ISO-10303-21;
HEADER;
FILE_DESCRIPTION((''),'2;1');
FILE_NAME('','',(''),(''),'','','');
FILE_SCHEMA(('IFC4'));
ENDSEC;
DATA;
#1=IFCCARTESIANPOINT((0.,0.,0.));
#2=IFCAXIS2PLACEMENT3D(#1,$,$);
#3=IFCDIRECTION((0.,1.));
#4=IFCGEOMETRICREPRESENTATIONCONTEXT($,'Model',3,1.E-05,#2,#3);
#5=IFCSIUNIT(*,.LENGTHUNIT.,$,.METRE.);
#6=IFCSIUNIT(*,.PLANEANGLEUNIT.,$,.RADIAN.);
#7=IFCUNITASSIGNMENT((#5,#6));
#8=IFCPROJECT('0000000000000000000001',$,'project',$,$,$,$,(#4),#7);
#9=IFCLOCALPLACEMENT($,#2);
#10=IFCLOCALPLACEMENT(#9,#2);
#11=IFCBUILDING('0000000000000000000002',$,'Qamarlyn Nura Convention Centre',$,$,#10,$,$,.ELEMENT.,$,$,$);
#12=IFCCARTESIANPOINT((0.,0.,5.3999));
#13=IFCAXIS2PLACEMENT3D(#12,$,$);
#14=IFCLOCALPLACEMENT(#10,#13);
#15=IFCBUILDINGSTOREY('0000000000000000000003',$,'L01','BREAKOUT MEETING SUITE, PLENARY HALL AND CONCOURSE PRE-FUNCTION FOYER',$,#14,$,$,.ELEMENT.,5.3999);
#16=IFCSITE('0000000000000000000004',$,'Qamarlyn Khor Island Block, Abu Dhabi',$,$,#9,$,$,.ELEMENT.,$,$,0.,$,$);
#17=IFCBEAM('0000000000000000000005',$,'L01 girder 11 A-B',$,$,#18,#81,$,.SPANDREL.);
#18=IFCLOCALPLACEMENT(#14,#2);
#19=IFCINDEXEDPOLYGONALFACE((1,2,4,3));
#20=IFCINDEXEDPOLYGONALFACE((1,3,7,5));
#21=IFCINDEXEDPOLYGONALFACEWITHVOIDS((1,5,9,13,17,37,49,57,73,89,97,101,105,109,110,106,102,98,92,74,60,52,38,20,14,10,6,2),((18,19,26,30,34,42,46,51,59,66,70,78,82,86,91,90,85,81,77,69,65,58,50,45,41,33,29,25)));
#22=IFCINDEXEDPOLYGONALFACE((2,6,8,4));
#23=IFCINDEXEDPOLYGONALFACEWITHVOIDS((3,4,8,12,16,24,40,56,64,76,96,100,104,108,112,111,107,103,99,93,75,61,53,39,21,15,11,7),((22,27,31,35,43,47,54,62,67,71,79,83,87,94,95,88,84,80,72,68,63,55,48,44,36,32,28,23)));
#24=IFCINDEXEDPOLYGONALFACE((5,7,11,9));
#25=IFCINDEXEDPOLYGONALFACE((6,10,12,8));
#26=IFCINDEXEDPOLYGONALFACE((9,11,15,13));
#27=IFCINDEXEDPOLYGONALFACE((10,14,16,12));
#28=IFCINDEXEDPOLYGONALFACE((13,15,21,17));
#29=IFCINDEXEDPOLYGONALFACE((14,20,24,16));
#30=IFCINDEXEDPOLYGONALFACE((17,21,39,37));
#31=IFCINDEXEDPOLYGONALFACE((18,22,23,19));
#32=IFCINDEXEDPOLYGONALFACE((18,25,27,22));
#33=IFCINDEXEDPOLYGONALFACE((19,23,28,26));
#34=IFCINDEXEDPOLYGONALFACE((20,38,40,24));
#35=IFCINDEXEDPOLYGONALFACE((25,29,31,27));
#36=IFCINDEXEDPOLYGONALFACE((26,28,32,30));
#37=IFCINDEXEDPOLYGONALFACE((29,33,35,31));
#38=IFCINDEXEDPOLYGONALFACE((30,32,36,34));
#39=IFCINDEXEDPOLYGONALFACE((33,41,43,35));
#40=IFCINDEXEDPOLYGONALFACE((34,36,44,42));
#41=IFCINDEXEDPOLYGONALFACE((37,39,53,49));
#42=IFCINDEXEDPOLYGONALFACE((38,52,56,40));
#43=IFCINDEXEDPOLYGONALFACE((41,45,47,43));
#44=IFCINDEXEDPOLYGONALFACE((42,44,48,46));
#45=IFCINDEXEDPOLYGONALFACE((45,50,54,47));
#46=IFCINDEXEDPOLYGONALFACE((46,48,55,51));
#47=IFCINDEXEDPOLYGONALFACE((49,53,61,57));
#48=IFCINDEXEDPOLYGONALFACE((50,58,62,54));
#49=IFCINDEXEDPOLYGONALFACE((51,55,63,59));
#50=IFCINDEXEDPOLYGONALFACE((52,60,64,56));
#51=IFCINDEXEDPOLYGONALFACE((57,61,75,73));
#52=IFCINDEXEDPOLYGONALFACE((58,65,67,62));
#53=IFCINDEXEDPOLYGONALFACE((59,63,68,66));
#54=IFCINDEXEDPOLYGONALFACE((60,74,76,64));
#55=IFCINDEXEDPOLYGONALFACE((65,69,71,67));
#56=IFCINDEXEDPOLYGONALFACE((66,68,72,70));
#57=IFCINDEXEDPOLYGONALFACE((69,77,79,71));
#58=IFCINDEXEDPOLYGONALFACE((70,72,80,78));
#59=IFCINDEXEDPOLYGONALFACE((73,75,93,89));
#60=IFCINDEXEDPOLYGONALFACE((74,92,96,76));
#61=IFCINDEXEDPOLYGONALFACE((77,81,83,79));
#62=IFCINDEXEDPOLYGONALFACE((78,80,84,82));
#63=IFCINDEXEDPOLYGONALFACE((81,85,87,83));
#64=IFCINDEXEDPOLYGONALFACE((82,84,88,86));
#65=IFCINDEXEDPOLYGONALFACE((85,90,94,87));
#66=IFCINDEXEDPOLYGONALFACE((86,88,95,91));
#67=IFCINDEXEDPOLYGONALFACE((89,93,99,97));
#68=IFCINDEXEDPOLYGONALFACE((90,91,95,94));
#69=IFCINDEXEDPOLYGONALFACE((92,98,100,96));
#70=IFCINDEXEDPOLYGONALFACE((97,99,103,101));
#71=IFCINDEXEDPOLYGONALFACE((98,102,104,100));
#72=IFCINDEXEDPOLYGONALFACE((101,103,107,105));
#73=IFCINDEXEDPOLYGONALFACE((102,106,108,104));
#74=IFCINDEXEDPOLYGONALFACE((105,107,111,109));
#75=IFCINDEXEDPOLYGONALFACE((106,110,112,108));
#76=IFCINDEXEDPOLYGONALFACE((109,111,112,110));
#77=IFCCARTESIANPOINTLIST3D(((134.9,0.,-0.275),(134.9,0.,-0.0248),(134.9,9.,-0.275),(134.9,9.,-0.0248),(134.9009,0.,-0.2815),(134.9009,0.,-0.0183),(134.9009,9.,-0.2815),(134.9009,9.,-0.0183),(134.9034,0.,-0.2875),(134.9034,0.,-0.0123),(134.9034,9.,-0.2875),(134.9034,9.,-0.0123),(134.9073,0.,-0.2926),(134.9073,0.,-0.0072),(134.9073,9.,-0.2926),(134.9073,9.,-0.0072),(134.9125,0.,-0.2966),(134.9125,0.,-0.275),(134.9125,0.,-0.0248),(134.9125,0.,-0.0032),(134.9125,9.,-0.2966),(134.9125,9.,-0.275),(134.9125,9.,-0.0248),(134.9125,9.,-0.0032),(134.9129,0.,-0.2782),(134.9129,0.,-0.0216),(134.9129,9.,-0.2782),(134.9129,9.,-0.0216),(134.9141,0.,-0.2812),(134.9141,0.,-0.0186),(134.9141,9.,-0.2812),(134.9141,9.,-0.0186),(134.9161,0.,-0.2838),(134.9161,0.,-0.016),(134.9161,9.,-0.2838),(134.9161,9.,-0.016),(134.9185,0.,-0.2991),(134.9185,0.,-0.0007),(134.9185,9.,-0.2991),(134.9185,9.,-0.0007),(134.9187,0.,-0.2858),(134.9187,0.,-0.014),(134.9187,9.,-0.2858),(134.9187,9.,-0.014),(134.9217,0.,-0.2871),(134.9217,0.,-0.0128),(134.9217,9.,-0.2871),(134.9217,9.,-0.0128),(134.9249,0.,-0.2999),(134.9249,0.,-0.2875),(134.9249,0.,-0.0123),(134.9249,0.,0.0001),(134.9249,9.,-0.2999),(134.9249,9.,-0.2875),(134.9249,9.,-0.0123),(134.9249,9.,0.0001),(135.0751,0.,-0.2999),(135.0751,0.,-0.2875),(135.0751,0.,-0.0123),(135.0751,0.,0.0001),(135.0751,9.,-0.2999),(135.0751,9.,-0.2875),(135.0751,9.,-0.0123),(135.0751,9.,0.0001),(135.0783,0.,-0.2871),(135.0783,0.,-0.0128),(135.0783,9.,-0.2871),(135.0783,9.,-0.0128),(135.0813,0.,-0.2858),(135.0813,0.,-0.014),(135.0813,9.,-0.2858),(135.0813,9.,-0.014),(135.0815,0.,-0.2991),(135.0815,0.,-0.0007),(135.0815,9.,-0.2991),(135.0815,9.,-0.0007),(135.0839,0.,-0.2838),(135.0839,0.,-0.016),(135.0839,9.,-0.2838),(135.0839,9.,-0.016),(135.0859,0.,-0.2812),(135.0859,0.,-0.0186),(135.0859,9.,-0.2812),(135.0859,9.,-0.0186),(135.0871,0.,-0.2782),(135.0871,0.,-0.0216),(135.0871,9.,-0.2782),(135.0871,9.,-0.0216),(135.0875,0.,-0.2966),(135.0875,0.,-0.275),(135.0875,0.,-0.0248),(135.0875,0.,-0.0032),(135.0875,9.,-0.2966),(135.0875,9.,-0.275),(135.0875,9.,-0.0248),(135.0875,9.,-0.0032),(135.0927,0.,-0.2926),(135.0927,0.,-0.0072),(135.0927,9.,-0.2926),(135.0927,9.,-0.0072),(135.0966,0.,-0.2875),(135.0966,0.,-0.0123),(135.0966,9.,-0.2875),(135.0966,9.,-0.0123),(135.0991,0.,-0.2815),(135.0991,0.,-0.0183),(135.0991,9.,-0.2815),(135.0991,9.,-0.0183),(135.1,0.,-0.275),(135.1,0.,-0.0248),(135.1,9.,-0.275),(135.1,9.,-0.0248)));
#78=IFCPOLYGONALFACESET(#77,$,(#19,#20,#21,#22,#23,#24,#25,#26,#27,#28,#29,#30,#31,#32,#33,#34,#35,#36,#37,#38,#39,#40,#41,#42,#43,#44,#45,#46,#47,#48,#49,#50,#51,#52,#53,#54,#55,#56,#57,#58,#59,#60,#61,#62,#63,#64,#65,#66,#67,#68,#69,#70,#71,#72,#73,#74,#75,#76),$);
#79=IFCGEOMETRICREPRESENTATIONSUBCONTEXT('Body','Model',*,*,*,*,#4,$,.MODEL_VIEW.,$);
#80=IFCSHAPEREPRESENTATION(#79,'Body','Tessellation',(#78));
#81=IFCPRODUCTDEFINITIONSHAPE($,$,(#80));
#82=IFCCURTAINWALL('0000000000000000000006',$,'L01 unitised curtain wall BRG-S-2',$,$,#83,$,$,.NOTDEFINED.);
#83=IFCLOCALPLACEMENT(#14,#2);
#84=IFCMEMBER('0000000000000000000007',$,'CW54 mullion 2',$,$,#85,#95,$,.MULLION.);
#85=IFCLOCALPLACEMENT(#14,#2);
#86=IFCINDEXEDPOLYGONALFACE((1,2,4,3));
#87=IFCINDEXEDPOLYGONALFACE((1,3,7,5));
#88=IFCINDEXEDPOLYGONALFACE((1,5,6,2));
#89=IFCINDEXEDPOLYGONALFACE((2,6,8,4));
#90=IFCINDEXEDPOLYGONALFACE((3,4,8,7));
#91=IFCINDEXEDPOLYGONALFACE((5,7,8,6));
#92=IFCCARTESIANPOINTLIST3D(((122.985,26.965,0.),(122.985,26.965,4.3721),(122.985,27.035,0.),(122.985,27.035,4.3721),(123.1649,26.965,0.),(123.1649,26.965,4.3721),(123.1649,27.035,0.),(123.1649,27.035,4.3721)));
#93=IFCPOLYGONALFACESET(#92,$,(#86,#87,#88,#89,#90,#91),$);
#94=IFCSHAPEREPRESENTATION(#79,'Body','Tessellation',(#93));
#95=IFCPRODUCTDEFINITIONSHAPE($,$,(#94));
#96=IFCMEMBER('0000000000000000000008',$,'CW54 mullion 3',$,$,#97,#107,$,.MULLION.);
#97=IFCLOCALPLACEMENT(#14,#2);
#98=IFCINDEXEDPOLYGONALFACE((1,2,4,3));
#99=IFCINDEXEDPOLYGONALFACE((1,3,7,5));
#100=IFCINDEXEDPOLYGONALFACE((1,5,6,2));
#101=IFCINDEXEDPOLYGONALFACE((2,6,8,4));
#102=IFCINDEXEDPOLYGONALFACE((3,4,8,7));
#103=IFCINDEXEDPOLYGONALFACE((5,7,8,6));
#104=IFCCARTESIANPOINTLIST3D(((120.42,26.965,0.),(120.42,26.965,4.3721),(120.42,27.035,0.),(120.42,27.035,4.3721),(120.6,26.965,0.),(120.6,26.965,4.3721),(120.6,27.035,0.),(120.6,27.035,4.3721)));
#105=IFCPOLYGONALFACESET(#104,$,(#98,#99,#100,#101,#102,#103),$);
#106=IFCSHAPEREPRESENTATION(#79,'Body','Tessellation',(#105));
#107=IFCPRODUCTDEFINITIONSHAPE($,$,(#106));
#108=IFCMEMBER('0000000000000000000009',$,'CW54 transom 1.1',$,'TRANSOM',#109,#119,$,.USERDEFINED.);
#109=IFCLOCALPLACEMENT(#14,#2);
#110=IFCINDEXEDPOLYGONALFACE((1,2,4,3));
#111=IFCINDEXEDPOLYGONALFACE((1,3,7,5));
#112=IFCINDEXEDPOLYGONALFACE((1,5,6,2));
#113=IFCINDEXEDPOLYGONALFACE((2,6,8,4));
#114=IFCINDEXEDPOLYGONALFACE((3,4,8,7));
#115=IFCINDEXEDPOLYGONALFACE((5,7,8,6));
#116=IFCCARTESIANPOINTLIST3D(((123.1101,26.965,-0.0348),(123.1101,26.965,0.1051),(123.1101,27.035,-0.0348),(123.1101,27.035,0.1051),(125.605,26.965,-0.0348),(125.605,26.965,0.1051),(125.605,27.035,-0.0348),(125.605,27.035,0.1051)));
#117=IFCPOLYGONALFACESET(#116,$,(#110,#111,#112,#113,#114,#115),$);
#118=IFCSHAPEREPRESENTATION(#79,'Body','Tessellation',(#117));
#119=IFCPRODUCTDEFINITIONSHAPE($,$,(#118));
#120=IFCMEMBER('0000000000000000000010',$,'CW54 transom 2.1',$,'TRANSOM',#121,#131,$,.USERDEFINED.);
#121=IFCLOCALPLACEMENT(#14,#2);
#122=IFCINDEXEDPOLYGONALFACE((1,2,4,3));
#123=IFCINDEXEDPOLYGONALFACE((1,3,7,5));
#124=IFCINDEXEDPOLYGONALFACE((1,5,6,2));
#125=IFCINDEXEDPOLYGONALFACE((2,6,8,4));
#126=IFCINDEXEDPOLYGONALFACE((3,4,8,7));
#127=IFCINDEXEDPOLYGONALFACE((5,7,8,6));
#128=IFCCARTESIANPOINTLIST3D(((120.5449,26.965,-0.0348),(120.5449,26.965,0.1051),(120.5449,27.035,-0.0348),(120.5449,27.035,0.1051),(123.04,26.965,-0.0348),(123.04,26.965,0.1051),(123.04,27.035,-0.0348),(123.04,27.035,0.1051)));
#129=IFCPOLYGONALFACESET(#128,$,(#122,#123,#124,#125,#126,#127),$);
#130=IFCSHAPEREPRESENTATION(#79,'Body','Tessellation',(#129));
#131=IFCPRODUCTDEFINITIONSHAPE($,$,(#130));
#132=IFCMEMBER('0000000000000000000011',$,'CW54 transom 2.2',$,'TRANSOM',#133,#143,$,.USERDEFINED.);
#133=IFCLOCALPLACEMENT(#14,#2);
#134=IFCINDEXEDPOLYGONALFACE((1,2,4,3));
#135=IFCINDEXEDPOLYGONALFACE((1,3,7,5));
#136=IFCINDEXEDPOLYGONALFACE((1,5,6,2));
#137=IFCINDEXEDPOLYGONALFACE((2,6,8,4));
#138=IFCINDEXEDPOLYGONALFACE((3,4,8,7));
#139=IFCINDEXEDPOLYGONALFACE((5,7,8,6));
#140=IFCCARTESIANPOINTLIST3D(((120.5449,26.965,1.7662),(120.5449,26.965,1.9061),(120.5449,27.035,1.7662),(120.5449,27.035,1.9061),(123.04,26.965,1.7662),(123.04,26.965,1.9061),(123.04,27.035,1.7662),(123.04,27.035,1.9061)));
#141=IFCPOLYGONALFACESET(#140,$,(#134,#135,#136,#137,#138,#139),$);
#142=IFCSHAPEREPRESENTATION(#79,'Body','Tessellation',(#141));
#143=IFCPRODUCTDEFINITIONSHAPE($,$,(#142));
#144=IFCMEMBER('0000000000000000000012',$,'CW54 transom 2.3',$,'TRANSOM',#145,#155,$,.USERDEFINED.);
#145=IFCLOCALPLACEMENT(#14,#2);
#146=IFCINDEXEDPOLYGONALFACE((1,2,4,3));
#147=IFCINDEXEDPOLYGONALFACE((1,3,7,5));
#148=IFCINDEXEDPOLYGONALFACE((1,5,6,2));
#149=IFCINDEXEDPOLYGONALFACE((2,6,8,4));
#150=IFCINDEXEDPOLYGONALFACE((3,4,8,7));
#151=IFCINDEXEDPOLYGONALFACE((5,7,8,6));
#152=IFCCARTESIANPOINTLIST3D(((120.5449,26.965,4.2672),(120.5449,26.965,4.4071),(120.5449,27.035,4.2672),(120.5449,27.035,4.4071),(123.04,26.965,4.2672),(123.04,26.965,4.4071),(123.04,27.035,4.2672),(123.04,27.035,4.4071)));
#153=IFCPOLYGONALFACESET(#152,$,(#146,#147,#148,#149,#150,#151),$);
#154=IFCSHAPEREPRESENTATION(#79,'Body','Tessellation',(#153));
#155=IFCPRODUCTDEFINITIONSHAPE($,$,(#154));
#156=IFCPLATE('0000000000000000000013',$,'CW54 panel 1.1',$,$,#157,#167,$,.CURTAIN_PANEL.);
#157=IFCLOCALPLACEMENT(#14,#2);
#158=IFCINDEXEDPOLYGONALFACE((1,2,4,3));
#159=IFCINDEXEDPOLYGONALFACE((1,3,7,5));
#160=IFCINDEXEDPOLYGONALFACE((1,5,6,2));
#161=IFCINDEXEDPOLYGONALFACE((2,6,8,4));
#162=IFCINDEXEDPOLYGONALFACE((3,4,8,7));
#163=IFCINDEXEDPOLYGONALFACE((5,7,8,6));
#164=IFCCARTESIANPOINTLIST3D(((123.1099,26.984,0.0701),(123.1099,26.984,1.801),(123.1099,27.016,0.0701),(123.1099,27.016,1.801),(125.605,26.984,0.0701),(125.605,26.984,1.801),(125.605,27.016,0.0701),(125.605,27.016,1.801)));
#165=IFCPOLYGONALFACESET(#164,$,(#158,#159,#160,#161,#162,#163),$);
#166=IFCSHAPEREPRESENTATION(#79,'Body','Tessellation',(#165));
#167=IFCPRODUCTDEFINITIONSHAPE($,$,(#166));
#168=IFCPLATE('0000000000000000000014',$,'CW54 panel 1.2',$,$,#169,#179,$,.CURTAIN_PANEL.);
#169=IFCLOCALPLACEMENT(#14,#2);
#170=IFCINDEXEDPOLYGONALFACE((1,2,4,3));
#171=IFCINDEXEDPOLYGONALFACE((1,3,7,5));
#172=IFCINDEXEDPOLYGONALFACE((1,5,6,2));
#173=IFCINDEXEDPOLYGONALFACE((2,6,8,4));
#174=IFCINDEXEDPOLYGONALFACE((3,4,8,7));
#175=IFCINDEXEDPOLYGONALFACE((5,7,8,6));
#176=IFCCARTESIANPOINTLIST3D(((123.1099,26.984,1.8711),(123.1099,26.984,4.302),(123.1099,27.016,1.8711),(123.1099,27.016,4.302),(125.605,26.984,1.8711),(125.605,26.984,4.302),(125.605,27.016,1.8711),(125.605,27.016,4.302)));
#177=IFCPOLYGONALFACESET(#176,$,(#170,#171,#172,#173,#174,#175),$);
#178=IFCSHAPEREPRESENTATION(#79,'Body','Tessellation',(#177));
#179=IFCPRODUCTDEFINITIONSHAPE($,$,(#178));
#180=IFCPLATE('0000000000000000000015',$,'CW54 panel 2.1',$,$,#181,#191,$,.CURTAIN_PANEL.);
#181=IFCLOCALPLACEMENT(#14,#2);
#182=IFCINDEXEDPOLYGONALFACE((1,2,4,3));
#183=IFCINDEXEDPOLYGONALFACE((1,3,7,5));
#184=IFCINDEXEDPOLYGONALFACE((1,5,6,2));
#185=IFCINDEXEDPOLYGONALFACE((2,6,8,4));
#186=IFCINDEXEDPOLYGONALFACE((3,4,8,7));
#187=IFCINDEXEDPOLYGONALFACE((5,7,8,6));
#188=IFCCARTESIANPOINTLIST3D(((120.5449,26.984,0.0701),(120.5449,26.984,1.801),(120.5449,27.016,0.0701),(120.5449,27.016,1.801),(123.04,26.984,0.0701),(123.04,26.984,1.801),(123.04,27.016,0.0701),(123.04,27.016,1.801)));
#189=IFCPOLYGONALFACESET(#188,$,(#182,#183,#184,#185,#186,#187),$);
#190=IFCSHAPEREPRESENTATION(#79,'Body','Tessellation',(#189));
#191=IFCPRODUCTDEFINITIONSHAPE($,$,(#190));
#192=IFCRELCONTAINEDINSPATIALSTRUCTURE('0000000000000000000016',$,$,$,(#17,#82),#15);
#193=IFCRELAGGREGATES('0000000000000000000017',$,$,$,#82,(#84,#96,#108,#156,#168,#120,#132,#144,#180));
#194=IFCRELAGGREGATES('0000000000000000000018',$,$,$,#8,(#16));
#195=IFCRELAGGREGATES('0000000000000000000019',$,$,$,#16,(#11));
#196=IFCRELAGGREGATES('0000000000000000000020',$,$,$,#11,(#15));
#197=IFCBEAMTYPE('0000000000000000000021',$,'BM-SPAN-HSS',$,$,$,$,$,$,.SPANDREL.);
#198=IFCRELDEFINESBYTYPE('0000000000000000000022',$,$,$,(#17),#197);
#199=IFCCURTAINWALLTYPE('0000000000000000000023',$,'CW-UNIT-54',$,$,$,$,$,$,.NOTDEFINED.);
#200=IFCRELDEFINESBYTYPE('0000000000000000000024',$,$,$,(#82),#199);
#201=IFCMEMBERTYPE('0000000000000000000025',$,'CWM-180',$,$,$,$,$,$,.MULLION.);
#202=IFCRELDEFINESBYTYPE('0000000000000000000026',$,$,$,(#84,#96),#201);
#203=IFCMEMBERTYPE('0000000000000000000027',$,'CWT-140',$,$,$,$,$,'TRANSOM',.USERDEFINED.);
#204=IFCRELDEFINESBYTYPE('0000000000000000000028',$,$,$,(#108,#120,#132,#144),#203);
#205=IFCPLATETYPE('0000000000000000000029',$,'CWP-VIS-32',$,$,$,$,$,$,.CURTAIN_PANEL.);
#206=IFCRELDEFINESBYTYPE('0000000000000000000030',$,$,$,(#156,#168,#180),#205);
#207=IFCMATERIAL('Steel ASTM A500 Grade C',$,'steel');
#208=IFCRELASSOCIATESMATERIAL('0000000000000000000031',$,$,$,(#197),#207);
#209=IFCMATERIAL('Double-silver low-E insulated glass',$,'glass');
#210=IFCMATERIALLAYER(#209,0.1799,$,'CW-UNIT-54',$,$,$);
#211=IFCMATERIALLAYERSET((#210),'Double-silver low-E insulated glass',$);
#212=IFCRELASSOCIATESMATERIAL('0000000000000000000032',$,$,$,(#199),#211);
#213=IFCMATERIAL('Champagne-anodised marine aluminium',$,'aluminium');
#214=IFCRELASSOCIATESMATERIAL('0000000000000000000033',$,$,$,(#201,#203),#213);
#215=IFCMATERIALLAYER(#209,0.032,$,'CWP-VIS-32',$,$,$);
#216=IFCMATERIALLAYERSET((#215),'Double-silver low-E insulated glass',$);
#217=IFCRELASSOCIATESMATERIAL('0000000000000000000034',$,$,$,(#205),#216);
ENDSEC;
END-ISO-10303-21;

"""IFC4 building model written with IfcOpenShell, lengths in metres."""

from ifc_helpers import new_model, si_unit, direction, frame, origin, origin_2d, place, context, subcontext, project, spatial, rectangle, hollow_rectangle, extrude, material, layer, layer_set, material_profile, profile_set, type_object, element, aggregate, save


model = new_model("IFC4")

# Units and contexts
model_context = context("Model", 3, precision=1e-05, world=origin(), true_north=direction((0.0, 1.0)))
body_context = subcontext(model_context, "Body", "Model", "MODEL_VIEW")
ifc_project = project(units=[si_unit("LENGTHUNIT", "METRE"), si_unit("PLANEANGLEUNIT", "RADIAN")], contexts=[model_context])

# Site, building, storey
site_placement = place(None, origin())
site = spatial("IfcSite", under=ifc_project, at=site_placement, Name="Qamarlyn Khor Island Block, Abu Dhabi", CompositionType="ELEMENT", RefElevation=0.0)
building_placement = place(site_placement, origin())
building = spatial("IfcBuilding", under=site, at=building_placement, Name="Qamarlyn Nura Convention Centre", CompositionType="ELEMENT")
storey_placement = place(building_placement, frame((0.0, 0.0, 5.3999)))
storey = spatial("IfcBuildingStorey", under=building, at=storey_placement, Name="L01", Description="BREAKOUT MEETING SUITE, PLENARY HALL AND CONCOURSE PRE-FUNCTION FOYER", CompositionType="ELEMENT", Elevation=5.3999)

# Beam
ifc_material_1 = material(Name="Steel ASTM A500 Grade C", Category="steel")
ifc_material_profile_1 = material_profile(ifc_material_1, hollow_rectangle(XDim=0.2, YDim=0.3, WallThickness=0.0125, InnerFilletRadius=0.0125, OuterFilletRadius=0.0249, at=origin_2d()), Name="HSS300X200X12.5")
ifc_profile_set_1 = profile_set([ifc_material_profile_1], Name="Steel ASTM A500 Grade C")
beam_type_1 = type_object("IfcBeamType", Name="BM-SPAN-HSS", PredefinedType="SPANDREL", material=ifc_profile_set_1)
beam_1_placement = place(storey_placement, frame((135.0, 0.0, -0.1499), z_axis=(0.0, 1.0, 0.0), x_axis=(-1.0, 0.0, 0.0)))
element("IfcBeam", 1, at=beam_1_placement, inside=storey, type_object=beam_type_1, Name="L01 girder 11 A-B", PredefinedType="SPANDREL", context=body_context, shape_type="SweptSolid", body=[
    extrude(hollow_rectangle(XDim=0.2, YDim=0.3, WallThickness=0.0125, InnerFilletRadius=0.0125, OuterFilletRadius=0.0249, at=origin_2d()), origin(), (0.0, 0.0, 1.0), 9.0),
])

# Curtain wall, members, plates
ifc_material_2 = material(Name="Double-silver low-E insulated glass", Category="glass")
ifc_layer_1 = layer(ifc_material_2, 0.1799, Name="CW-UNIT-54")
ifc_layer_set_1 = layer_set([ifc_layer_1], Name="Double-silver low-E insulated glass")
curtain_wall_type = type_object("IfcCurtainWallType", Name="CW-UNIT-54", PredefinedType="NOTDEFINED", material=ifc_layer_set_1)
curtain_wall_placement = place(storey_placement, origin())
curtain_wall = element("IfcCurtainWall", 2, at=curtain_wall_placement, inside=storey, type_object=curtain_wall_type, Name="L01 unitised curtain wall BRG-S-2", PredefinedType="NOTDEFINED")
ifc_material_3 = material(Name="Champagne-anodised marine aluminium", Category="aluminium")
ifc_material_profile_2 = material_profile(ifc_material_3, rectangle(XDim=0.0701, YDim=0.1799, at=origin_2d()), Name="ALU MULLION 70x180")
ifc_profile_set_2 = profile_set([ifc_material_profile_2], Name="Champagne-anodised marine aluminium")
member_type_1 = type_object("IfcMemberType", Name="CWM-180", PredefinedType="MULLION", material=ifc_profile_set_2)
member_1_placement = place(storey_placement, frame((123.075, 27.0, 0.0), z_axis=(0.0, 0.0, 1.0), x_axis=(0.0, -1.0, 0.0)))
member_1 = element("IfcMember", 3, at=member_1_placement, type_object=member_type_1, Name="CW54 mullion 2", PredefinedType="MULLION", context=body_context, shape_type="SweptSolid", body=[
    extrude(rectangle(XDim=0.0701, YDim=0.1799, at=origin_2d()), origin(), (0.0, 0.0, 1.0), 4.3721),
])
member_2_placement = place(storey_placement, frame((120.51, 27.0, 0.0), z_axis=(0.0, 0.0, 1.0), x_axis=(0.0, -1.0, 0.0)))
member_2 = element("IfcMember", 4, at=member_2_placement, type_object=member_type_1, Name="CW54 mullion 3", PredefinedType="MULLION", context=body_context, shape_type="SweptSolid", body=[
    extrude(rectangle(XDim=0.0701, YDim=0.1799, at=origin_2d()), origin(), (0.0, 0.0, 1.0), 4.3721),
])
ifc_material_profile_3 = material_profile(ifc_material_3, rectangle(XDim=0.0701, YDim=0.1399, at=origin_2d()), Name="ALU TRANSOM 70x140")
ifc_profile_set_3 = profile_set([ifc_material_profile_3], Name="Champagne-anodised marine aluminium")
member_type_2 = type_object("IfcMemberType", Name="CWT-140", ElementType="TRANSOM", PredefinedType="USERDEFINED", material=ifc_profile_set_3)
member_3_placement = place(storey_placement, frame((125.605, 27.0, 0.0352), z_axis=(-1.0, 0.0, 0.0), x_axis=(0.0, -1.0, 0.0)))
member_3 = element("IfcMember", 5, at=member_3_placement, type_object=member_type_2, Name="CW54 transom 1.1", ObjectType="TRANSOM", PredefinedType="USERDEFINED", context=body_context, shape_type="SweptSolid", body=[
    extrude(rectangle(XDim=0.0701, YDim=0.1399, at=origin_2d()), origin(), (0.0, 0.0, 1.0), 2.4949),
])
member_4_placement = place(storey_placement, frame((123.04, 27.0, 0.0352), z_axis=(-1.0, 0.0, 0.0), x_axis=(0.0, -1.0, 0.0)))
member_4 = element("IfcMember", 6, at=member_4_placement, type_object=member_type_2, Name="CW54 transom 2.1", ObjectType="TRANSOM", PredefinedType="USERDEFINED", context=body_context, shape_type="SweptSolid", body=[
    extrude(rectangle(XDim=0.0701, YDim=0.1399, at=origin_2d()), origin(), (0.0, 0.0, 1.0), 2.4951),
])
member_5_placement = place(storey_placement, frame((123.04, 27.0, 1.8362), z_axis=(-1.0, 0.0, 0.0), x_axis=(0.0, -1.0, 0.0)))
member_5 = element("IfcMember", 7, at=member_5_placement, type_object=member_type_2, Name="CW54 transom 2.2", ObjectType="TRANSOM", PredefinedType="USERDEFINED", context=body_context, shape_type="SweptSolid", body=[
    extrude(rectangle(XDim=0.0701, YDim=0.1399, at=origin_2d()), origin(), (0.0, 0.0, 1.0), 2.4951),
])
member_6_placement = place(storey_placement, frame((123.04, 27.0, 4.3372), z_axis=(-1.0, 0.0, 0.0), x_axis=(0.0, -1.0, 0.0)))
member_6 = element("IfcMember", 8, at=member_6_placement, type_object=member_type_2, Name="CW54 transom 2.3", ObjectType="TRANSOM", PredefinedType="USERDEFINED", context=body_context, shape_type="SweptSolid", body=[
    extrude(rectangle(XDim=0.0701, YDim=0.1399, at=origin_2d()), origin(), (0.0, 0.0, 1.0), 2.4951),
])
ifc_layer_2 = layer(ifc_material_2, 0.032, Name="CWP-VIS-32")
ifc_layer_set_2 = layer_set([ifc_layer_2], Name="Double-silver low-E insulated glass")
plate_type = type_object("IfcPlateType", Name="CWP-VIS-32", PredefinedType="CURTAIN_PANEL", material=ifc_layer_set_2)
plate_1_placement = place(storey_placement, frame((124.3574, 27.0, 0.0701), z_axis=(0.0, 0.0, 1.0), x_axis=(-1.0, 0.0, 0.0)))
plate_1 = element("IfcPlate", 9, at=plate_1_placement, type_object=plate_type, Name="CW54 panel 1.1", PredefinedType="CURTAIN_PANEL", context=body_context, shape_type="SweptSolid", body=[
    extrude(rectangle(XDim=2.4951, YDim=0.032, at=origin_2d()), origin(), (0.0, 0.0, 1.0), 1.731),
])
plate_2_placement = place(storey_placement, frame((124.3574, 27.0, 1.8711), z_axis=(0.0, 0.0, 1.0), x_axis=(-1.0, 0.0, 0.0)))
plate_2 = element("IfcPlate", 10, at=plate_2_placement, type_object=plate_type, Name="CW54 panel 1.2", PredefinedType="CURTAIN_PANEL", context=body_context, shape_type="SweptSolid", body=[
    extrude(rectangle(XDim=2.4951, YDim=0.032, at=origin_2d()), origin(), (0.0, 0.0, 1.0), 2.4309),
])
plate_3_placement = place(storey_placement, frame((121.7925, 27.0, 0.0701), z_axis=(0.0, 0.0, 1.0), x_axis=(-1.0, 0.0, 0.0)))
plate_3 = element("IfcPlate", 11, at=plate_3_placement, type_object=plate_type, Name="CW54 panel 2.1", PredefinedType="CURTAIN_PANEL", context=body_context, shape_type="SweptSolid", body=[
    extrude(rectangle(XDim=2.4951, YDim=0.032, at=origin_2d()), origin(), (0.0, 0.0, 1.0), 1.731),
])
aggregate(curtain_wall, [member_1, member_2, member_3, plate_1, plate_2, member_4, member_5, member_6, plate_3])

save(model, "model.ifc")
